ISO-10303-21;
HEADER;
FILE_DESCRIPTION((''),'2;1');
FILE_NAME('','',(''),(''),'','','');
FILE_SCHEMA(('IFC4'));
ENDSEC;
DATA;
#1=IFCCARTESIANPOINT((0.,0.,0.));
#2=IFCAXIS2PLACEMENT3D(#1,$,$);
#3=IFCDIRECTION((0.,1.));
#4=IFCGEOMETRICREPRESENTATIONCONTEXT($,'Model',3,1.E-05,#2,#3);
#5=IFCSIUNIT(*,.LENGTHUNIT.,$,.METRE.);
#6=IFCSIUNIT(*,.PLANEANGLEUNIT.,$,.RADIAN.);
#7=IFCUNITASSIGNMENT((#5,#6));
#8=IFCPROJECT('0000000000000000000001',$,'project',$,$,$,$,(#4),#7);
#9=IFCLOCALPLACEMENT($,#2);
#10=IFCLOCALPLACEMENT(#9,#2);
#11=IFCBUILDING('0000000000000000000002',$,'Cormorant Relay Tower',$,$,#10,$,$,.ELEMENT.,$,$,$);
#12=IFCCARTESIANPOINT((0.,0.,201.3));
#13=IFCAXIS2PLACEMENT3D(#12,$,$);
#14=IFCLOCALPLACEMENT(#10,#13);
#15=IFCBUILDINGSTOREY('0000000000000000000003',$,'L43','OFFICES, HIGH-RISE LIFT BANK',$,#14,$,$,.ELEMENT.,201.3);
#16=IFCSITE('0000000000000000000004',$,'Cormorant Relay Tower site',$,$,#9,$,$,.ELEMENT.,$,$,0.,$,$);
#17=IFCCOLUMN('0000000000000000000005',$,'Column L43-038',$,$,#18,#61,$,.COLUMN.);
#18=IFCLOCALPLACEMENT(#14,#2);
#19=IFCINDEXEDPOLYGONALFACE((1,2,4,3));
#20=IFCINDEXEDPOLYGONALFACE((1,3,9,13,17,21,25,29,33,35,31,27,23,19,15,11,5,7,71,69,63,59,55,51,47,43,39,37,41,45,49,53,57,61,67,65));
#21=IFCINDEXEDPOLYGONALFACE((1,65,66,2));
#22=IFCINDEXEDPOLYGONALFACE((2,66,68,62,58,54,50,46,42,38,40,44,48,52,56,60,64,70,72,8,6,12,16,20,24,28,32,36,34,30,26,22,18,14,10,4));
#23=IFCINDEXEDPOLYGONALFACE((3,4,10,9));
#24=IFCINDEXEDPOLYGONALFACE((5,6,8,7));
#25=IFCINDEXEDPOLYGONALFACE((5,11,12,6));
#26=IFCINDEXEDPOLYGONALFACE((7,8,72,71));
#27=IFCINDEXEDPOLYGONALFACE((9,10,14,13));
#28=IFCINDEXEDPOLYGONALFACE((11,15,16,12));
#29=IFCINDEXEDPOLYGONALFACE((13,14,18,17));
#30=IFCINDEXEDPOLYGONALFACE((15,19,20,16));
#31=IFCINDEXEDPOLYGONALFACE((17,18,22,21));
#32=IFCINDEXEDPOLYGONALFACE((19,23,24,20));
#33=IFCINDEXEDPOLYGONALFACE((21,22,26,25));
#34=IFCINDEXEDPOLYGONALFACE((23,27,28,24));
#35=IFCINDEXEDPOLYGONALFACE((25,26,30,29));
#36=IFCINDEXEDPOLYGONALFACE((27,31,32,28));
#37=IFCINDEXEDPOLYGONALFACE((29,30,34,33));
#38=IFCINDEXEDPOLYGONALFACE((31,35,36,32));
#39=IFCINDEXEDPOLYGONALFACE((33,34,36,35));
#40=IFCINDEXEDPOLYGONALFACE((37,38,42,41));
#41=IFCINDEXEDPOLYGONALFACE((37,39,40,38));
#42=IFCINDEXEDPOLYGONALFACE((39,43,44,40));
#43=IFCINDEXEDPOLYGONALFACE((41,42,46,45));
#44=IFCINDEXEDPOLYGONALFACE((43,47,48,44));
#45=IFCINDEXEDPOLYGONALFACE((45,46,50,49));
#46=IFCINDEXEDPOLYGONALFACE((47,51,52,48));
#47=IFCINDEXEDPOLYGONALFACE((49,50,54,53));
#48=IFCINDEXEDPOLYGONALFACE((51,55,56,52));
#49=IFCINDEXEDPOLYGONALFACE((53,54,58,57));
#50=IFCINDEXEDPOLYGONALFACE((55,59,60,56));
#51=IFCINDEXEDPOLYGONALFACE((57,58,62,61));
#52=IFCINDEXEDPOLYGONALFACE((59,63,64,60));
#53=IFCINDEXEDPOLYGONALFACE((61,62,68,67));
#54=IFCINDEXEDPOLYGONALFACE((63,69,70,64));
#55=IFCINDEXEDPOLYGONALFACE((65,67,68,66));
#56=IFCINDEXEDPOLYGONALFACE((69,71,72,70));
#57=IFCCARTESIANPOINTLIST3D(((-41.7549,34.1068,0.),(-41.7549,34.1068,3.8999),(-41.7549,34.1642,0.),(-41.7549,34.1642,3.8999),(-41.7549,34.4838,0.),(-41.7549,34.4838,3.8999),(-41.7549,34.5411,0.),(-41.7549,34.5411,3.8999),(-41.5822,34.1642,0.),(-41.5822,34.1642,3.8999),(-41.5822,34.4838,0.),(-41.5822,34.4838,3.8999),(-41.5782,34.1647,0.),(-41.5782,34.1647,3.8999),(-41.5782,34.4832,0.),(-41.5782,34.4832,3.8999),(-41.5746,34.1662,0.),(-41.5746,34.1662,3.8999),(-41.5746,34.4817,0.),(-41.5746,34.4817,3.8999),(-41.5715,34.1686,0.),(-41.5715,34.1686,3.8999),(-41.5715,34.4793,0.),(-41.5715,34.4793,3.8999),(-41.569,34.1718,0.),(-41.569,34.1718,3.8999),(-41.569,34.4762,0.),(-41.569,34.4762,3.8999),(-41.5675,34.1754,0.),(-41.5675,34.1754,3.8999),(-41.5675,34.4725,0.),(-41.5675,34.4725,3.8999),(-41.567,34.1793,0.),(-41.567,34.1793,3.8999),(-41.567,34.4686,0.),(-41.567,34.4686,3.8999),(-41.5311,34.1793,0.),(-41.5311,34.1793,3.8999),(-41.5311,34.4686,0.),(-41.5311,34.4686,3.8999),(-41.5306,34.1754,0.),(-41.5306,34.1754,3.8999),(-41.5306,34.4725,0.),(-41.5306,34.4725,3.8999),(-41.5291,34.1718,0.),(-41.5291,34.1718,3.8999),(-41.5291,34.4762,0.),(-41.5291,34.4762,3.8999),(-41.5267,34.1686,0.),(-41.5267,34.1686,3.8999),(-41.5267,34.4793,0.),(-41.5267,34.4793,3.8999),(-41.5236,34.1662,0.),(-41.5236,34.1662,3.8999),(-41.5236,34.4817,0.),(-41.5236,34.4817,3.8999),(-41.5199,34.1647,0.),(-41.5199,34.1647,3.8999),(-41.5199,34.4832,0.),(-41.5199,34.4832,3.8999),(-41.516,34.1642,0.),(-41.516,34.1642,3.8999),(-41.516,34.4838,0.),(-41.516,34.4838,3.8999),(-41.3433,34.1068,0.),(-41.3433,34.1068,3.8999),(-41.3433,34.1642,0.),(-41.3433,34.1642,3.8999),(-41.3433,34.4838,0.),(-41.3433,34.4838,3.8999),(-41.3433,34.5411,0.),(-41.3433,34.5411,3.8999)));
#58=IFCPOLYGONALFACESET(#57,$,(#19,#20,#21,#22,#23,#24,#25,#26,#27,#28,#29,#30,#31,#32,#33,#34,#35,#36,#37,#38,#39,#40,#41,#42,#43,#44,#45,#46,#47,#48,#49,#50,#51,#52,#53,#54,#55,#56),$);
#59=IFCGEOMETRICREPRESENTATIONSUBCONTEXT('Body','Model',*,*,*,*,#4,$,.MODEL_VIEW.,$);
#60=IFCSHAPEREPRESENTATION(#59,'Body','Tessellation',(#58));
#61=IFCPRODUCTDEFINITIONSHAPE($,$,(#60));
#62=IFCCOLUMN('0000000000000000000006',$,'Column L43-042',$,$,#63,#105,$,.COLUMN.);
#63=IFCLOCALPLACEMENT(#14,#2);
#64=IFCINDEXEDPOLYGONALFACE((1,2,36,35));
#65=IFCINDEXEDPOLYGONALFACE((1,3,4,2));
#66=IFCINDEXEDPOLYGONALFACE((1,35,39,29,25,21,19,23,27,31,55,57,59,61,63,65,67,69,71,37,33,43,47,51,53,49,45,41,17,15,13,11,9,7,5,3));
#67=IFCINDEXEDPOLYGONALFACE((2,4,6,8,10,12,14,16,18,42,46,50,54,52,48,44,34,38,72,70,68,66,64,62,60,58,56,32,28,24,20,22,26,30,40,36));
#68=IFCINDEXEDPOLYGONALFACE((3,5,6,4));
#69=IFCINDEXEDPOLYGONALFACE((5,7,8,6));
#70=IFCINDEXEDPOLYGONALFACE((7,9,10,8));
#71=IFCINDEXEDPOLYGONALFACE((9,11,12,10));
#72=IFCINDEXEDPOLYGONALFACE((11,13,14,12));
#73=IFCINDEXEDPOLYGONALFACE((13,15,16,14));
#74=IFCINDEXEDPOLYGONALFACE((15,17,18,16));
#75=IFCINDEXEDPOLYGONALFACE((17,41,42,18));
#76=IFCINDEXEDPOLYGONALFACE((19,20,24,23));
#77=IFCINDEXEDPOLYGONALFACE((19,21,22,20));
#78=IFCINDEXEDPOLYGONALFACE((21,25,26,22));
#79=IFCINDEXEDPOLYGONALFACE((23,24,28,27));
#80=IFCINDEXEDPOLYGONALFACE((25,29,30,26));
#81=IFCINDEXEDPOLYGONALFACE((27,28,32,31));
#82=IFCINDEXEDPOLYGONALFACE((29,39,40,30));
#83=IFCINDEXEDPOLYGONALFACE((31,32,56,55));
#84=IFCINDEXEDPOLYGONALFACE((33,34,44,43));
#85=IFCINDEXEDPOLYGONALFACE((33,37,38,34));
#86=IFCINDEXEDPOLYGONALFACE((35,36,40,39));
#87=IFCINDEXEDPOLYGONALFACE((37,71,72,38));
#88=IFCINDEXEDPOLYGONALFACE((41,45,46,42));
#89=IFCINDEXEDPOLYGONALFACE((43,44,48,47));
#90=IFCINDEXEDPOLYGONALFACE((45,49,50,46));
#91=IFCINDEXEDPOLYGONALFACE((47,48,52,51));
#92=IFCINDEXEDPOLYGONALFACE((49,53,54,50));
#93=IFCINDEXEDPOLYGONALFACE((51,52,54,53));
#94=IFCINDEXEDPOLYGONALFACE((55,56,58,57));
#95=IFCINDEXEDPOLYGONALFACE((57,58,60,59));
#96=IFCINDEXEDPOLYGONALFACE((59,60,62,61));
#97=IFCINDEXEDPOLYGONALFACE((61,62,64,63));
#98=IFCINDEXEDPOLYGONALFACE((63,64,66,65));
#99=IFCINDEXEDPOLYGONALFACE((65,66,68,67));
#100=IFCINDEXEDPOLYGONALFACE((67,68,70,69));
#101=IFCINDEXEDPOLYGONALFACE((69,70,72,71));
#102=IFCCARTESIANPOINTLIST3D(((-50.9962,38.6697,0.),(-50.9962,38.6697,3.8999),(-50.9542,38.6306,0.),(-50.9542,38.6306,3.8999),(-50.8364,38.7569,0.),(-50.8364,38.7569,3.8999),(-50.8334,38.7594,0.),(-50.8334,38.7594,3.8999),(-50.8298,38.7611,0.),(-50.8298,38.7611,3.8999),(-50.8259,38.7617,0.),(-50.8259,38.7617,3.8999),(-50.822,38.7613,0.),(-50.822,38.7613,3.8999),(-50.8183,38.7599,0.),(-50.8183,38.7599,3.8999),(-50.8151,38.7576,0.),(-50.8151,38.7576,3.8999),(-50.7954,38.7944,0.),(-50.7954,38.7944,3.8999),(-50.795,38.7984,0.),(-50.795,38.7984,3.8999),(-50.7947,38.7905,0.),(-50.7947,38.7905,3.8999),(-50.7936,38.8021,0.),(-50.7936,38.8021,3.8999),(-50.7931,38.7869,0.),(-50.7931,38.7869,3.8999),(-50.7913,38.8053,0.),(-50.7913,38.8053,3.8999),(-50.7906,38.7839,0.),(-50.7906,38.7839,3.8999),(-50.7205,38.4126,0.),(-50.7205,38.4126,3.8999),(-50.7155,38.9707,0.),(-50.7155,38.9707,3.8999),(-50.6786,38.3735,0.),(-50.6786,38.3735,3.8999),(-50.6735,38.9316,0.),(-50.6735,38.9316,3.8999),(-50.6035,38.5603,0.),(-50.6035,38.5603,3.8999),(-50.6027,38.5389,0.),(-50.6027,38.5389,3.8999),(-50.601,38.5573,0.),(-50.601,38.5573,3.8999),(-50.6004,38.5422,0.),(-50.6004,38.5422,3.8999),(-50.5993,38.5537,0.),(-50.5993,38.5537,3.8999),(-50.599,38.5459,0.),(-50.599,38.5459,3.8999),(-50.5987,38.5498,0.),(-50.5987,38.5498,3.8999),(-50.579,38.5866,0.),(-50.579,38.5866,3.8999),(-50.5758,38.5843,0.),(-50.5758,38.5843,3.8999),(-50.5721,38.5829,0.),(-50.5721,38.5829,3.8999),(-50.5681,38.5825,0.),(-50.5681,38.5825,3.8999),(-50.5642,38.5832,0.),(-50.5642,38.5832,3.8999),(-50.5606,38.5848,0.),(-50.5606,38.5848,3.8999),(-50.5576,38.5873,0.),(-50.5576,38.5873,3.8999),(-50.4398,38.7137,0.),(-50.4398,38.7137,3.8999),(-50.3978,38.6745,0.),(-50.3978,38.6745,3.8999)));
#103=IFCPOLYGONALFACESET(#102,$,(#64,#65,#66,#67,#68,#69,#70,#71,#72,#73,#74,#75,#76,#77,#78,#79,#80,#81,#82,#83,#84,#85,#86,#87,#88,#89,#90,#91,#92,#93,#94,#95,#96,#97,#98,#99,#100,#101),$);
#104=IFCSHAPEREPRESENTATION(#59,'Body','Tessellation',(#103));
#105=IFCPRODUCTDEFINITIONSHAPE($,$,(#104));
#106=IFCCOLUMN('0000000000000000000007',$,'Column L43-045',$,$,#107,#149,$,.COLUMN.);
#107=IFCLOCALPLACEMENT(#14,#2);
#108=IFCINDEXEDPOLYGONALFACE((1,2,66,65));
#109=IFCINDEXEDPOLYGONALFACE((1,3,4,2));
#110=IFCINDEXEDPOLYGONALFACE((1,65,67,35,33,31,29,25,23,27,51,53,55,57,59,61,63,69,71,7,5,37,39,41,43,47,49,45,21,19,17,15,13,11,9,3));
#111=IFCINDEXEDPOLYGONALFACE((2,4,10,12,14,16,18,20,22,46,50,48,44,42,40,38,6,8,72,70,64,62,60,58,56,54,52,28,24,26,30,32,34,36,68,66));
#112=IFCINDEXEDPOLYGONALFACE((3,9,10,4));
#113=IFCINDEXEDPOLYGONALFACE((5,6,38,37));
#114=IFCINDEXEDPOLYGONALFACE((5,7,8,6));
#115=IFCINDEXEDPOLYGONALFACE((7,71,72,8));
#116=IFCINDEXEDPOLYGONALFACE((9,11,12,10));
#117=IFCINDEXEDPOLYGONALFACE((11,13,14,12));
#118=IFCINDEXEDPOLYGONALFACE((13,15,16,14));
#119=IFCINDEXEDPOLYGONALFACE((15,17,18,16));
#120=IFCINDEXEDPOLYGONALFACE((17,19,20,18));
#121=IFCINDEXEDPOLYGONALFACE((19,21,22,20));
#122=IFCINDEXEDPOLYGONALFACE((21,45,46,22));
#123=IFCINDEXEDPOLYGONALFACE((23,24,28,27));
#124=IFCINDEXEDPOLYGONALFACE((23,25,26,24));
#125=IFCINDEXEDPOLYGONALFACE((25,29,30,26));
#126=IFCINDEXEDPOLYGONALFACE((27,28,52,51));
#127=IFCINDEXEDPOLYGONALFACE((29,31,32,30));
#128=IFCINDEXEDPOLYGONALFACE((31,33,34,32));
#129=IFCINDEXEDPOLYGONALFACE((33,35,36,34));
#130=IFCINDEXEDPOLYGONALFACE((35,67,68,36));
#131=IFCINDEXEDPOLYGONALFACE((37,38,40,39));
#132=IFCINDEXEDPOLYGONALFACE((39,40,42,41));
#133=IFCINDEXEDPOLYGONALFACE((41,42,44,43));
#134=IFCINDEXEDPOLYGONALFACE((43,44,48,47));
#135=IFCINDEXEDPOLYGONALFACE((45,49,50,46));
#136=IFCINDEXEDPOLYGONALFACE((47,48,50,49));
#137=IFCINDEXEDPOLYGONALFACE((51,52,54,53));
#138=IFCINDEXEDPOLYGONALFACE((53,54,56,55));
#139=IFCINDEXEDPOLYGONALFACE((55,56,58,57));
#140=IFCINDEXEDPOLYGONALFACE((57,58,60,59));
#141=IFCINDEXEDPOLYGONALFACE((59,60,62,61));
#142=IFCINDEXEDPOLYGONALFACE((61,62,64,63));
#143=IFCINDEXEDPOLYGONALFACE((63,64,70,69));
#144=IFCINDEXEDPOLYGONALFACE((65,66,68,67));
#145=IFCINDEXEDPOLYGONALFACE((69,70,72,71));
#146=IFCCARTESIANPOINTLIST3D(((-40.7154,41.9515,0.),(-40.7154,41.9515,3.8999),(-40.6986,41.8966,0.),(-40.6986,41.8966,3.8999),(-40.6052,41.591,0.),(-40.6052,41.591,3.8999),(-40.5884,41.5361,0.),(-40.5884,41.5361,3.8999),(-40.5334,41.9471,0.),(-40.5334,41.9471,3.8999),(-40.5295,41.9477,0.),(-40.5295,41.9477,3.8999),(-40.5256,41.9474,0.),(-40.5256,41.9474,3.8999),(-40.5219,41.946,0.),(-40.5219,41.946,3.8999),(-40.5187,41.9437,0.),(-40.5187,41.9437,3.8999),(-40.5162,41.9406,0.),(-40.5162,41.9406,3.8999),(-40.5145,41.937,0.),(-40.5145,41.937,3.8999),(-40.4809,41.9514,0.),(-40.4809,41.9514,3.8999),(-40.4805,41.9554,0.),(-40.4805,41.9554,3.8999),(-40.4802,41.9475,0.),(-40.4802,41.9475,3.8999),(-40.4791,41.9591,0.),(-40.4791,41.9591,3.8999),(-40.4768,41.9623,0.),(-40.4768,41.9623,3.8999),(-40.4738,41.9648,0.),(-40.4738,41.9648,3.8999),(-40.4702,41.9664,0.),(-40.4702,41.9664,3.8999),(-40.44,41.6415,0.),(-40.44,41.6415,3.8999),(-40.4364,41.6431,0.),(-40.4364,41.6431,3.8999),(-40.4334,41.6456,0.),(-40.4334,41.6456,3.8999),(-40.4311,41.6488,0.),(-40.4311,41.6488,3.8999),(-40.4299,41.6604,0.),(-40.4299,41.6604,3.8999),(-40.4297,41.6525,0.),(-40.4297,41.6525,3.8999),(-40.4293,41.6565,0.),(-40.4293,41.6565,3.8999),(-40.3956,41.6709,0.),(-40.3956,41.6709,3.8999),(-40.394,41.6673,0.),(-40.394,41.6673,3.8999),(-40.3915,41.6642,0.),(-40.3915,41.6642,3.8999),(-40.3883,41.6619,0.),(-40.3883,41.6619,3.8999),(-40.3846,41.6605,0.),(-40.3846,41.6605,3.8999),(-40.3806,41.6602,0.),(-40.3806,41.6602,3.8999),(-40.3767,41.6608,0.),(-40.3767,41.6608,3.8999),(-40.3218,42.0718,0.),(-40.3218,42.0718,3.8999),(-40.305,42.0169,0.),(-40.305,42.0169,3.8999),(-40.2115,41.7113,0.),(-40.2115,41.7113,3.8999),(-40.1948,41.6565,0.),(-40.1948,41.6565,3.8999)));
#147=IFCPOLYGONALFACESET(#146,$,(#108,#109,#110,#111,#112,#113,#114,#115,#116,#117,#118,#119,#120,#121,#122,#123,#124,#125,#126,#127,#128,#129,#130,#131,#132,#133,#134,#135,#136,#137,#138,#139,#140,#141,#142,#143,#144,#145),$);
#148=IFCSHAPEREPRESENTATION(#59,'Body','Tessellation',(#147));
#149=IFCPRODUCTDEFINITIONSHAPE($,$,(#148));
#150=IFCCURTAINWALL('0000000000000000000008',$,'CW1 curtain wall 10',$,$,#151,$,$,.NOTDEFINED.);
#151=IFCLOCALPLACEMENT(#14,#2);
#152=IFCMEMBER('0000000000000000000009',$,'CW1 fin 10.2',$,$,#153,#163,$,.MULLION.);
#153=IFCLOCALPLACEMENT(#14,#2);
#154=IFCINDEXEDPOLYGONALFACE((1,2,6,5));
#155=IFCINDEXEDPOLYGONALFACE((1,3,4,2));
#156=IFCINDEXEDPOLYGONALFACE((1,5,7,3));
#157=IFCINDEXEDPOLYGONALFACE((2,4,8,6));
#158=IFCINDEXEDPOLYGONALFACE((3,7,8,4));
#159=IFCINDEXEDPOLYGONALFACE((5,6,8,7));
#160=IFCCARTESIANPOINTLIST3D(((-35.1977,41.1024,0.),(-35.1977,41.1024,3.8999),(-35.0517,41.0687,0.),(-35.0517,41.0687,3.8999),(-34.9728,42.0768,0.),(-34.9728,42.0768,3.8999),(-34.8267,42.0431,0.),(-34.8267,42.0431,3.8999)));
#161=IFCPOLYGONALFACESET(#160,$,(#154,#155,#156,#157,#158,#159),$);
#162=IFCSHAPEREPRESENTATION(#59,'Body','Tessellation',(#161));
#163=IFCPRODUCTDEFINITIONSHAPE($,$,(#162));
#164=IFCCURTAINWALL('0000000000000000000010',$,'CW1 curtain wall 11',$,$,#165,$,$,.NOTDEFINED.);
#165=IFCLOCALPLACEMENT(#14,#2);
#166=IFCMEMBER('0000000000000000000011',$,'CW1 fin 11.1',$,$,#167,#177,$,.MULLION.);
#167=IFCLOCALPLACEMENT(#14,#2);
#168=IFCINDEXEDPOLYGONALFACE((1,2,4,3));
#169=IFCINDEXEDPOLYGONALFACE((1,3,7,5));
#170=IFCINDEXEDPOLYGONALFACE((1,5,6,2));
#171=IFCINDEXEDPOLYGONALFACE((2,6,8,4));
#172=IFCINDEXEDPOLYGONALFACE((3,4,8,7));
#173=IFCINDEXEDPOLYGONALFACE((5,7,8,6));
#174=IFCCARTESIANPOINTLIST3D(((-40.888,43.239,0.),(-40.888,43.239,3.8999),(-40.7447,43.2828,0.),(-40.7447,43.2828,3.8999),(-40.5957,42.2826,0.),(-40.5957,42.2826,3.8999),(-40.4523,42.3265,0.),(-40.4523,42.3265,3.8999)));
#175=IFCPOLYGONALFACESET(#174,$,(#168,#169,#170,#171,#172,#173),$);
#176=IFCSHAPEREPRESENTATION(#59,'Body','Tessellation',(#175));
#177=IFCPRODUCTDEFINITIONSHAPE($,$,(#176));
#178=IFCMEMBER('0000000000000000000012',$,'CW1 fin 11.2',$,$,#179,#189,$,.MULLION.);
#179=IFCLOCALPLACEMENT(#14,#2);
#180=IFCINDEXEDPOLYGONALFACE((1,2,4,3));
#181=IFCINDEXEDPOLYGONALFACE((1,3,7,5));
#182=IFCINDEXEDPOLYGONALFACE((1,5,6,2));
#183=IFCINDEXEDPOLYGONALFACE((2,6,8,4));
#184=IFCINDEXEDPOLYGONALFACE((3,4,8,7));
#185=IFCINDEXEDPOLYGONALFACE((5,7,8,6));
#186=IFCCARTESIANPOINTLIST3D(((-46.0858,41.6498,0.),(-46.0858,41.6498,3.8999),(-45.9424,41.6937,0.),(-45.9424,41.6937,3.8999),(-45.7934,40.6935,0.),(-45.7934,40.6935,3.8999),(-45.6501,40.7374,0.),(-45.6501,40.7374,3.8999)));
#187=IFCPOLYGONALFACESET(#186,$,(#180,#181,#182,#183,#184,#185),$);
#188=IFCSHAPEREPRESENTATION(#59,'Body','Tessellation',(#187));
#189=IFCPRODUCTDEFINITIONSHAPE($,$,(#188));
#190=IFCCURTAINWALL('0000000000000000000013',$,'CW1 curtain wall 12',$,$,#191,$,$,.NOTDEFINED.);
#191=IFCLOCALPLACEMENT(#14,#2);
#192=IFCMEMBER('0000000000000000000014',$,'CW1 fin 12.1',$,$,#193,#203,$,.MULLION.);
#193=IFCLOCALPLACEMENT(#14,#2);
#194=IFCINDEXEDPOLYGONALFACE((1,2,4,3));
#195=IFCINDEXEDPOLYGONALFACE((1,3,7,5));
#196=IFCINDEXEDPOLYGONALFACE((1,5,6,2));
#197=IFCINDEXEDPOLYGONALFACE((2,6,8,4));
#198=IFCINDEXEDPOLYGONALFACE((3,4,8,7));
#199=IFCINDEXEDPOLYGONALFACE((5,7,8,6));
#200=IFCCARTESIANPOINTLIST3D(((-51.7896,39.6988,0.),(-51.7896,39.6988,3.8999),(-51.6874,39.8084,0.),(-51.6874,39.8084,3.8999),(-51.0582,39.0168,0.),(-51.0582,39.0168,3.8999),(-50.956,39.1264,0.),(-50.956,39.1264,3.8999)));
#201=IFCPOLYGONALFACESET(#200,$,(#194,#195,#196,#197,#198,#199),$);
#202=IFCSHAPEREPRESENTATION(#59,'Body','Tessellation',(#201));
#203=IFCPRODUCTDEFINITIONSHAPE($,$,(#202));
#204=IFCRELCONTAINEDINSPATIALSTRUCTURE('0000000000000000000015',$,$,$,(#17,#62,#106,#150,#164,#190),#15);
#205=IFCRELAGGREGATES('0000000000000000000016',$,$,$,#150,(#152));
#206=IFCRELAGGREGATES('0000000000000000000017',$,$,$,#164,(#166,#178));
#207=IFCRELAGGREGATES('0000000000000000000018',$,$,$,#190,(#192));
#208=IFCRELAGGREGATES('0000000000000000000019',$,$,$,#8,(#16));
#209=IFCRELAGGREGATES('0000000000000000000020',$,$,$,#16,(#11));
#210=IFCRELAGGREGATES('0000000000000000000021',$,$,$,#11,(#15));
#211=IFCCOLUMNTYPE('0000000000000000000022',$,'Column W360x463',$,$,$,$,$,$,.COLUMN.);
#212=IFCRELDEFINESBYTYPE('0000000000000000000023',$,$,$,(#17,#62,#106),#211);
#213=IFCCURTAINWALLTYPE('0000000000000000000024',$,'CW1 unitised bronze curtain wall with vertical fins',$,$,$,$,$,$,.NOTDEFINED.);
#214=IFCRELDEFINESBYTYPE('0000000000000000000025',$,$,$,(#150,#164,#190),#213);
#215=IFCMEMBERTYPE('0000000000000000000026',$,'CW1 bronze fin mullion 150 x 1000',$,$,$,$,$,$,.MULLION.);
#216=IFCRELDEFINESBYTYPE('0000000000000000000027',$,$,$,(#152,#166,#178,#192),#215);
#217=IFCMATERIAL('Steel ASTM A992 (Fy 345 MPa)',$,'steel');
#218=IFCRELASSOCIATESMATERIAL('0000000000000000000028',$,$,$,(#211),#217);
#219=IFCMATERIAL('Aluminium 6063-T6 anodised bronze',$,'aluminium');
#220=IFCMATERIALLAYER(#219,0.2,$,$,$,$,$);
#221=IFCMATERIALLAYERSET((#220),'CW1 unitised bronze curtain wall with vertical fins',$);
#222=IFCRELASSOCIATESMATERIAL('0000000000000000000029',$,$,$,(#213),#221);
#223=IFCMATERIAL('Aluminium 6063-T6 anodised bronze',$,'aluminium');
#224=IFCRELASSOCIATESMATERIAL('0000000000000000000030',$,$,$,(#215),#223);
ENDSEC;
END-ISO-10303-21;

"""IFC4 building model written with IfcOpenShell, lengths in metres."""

from ifc_helpers import new_model, si_unit, direction, frame, origin, origin_2d, place, context, subcontext, project, spatial, rectangle, i_section, extrude, material, layer, layer_set, material_profile, profile_set, type_object, element, aggregate, save


model = new_model("IFC4")

# Units and contexts
model_context = context("Model", 3, precision=1e-05, world=origin(), true_north=direction((0.0, 1.0)))
body_context = subcontext(model_context, "Body", "Model", "MODEL_VIEW")
ifc_project = project(units=[si_unit("LENGTHUNIT", "METRE"), si_unit("PLANEANGLEUNIT", "RADIAN")], contexts=[model_context])

# Site, building, storey
site_placement = place(None, origin())
site = spatial("IfcSite", under=ifc_project, at=site_placement, Name="Cormorant Relay Tower site", CompositionType="ELEMENT", RefElevation=0.0)
building_placement = place(site_placement, origin())
building = spatial("IfcBuilding", under=site, at=building_placement, Name="Cormorant Relay Tower", CompositionType="ELEMENT")
storey_placement = place(building_placement, frame((0.0, 0.0, 201.3)))
storey = spatial("IfcBuildingStorey", under=building, at=storey_placement, Name="L43", Description="OFFICES, HIGH-RISE LIFT BANK", CompositionType="ELEMENT", Elevation=201.3)

# Columns
ifc_material_1 = material(Name="Steel ASTM A992 (Fy 345 MPa)", Category="steel")
ifc_material_profile_1 = material_profile(ifc_material_1, i_section(OverallWidth=0.4116, OverallDepth=0.4343, WebThickness=0.0359, FlangeThickness=0.0574, FilletRadius=0.0151, at=origin_2d()), Name="W360x463")
ifc_profile_set_1 = profile_set([ifc_material_profile_1], Name="Steel ASTM A992 (Fy 345 MPa)")
column_type = type_object("IfcColumnType", Name="Column W360x463", PredefinedType="COLUMN", material=ifc_profile_set_1)
for number, where, z_axis, x_axis, name in (
    (1, (-41.5491, 34.324, 0.0), (0.0, 0.0, 1.0), (1.0, 0.0, 0.0), "Column L43-038"),
    (2, (-50.697, 38.6721, 0.0), (0.0, 0.0, 1.0), (-0.681998, -0.731354, 0.0), "Column L43-042"),
    (3, (-40.4551, 41.804, 0.0), (0.0, 0.0, 1.0), (-0.956305, -0.292372, 0.0), "Column L43-045"),
):
    element("IfcColumn", number, at=place(storey_placement, frame(where, z_axis=z_axis, x_axis=x_axis)), inside=storey, type_object=column_type, Name=name, PredefinedType="COLUMN", context=body_context, shape_type="SweptSolid", body=[
        extrude(i_section(OverallWidth=0.4116, OverallDepth=0.4343, WebThickness=0.0359, FlangeThickness=0.0574, FilletRadius=0.0151, at=origin_2d()), origin(), (0.0, 0.0, 1.0), 3.8999),
    ])

# Curtain wall, member
ifc_material_2 = material(Name="Aluminium 6063-T6 anodised bronze", Category="aluminium")
ifc_layer_1 = layer(ifc_material_2, 0.2)
ifc_layer_set_1 = layer_set([ifc_layer_1], Name="CW1 unitised bronze curtain wall with vertical fins")
curtain_wall_type = type_object("IfcCurtainWallType", Name="CW1 unitised bronze curtain wall with vertical fins", PredefinedType="NOTDEFINED", material=ifc_layer_set_1)
curtain_wall_1_placement = place(storey_placement, origin())
curtain_wall_1 = element("IfcCurtainWall", 4, at=curtain_wall_1_placement, inside=storey, type_object=curtain_wall_type, Name="CW1 curtain wall 10", PredefinedType="NOTDEFINED")
ifc_material_3 = material(Name="Aluminium 6063-T6 anodised bronze", Category="aluminium")
ifc_material_profile_2 = material_profile(ifc_material_3, rectangle(XDim=0.1499, YDim=1.0, at=origin_2d()), Name="AL 150x1000")
ifc_profile_set_2 = profile_set([ifc_material_profile_2], Name="Aluminium 6063-T6 anodised bronze")
member_type_1 = type_object("IfcMemberType", Name="CW1 bronze fin mullion 150 x 1000", PredefinedType="MULLION", material=ifc_profile_set_2)
member_1_placement = place(storey_placement, frame((-35.0122, 41.5728, 0.0), z_axis=(0.0, 0.0, 1.0), x_axis=(-0.97437, 0.224951, 0.0)))
member_1 = element("IfcMember", 5, at=member_1_placement, type_object=member_type_1, Name="CW1 fin 10.2", PredefinedType="MULLION", context=body_context, shape_type="SweptSolid", body=[
    extrude(rectangle(XDim=0.1499, YDim=1.0, at=origin_2d()), origin(), (0.0, 0.0, 1.0), 3.8999),
])

# Curtain walls, members
curtain_wall_2_placement = place(storey_placement, origin())
curtain_wall_2 = element("IfcCurtainWall", 6, at=curtain_wall_2_placement, inside=storey, type_object=curtain_wall_type, Name="CW1 curtain wall 11", PredefinedType="NOTDEFINED")
member_2_placement = place(storey_placement, frame((-40.6702, 42.7827, 0.0), z_axis=(0.0, 0.0, 1.0), x_axis=(-0.956305, -0.292372, 0.0)))
member_2 = element("IfcMember", 7, at=member_2_placement, type_object=member_type_1, Name="CW1 fin 11.1", PredefinedType="MULLION", context=body_context, shape_type="SweptSolid", body=[
    extrude(rectangle(XDim=0.1499, YDim=1.0, at=origin_2d()), origin(), (0.0, 0.0, 1.0), 3.8999),
])
member_3_placement = place(storey_placement, frame((-45.8679, 41.1936, 0.0), z_axis=(0.0, 0.0, 1.0), x_axis=(-0.956305, -0.292372, 0.0)))
member_3 = element("IfcMember", 8, at=member_3_placement, type_object=member_type_1, Name="CW1 fin 11.2", PredefinedType="MULLION", context=body_context, shape_type="SweptSolid", body=[
    extrude(rectangle(XDim=0.1499, YDim=1.0, at=origin_2d()), origin(), (0.0, 0.0, 1.0), 3.8999),
])
curtain_wall_3_placement = place(storey_placement, origin())
curtain_wall_3 = element("IfcCurtainWall", 9, at=curtain_wall_3_placement, inside=storey, type_object=curtain_wall_type, Name="CW1 curtain wall 12", PredefinedType="NOTDEFINED")
member_4_placement = place(storey_placement, frame((-51.3728, 39.4126, 0.0), z_axis=(0.0, 0.0, 1.0), x_axis=(-0.681998, -0.731354, 0.0)))
member_4 = element("IfcMember", 10, at=member_4_placement, type_object=member_type_1, Name="CW1 fin 12.1", PredefinedType="MULLION", context=body_context, shape_type="SweptSolid", body=[
    extrude(rectangle(XDim=0.1499, YDim=1.0, at=origin_2d()), origin(), (0.0, 0.0, 1.0), 3.8999),
])

aggregate(curtain_wall_1, [member_1])
aggregate(curtain_wall_2, [member_2, member_3])
aggregate(curtain_wall_3, [member_4])

save(model, "model.ifc")
